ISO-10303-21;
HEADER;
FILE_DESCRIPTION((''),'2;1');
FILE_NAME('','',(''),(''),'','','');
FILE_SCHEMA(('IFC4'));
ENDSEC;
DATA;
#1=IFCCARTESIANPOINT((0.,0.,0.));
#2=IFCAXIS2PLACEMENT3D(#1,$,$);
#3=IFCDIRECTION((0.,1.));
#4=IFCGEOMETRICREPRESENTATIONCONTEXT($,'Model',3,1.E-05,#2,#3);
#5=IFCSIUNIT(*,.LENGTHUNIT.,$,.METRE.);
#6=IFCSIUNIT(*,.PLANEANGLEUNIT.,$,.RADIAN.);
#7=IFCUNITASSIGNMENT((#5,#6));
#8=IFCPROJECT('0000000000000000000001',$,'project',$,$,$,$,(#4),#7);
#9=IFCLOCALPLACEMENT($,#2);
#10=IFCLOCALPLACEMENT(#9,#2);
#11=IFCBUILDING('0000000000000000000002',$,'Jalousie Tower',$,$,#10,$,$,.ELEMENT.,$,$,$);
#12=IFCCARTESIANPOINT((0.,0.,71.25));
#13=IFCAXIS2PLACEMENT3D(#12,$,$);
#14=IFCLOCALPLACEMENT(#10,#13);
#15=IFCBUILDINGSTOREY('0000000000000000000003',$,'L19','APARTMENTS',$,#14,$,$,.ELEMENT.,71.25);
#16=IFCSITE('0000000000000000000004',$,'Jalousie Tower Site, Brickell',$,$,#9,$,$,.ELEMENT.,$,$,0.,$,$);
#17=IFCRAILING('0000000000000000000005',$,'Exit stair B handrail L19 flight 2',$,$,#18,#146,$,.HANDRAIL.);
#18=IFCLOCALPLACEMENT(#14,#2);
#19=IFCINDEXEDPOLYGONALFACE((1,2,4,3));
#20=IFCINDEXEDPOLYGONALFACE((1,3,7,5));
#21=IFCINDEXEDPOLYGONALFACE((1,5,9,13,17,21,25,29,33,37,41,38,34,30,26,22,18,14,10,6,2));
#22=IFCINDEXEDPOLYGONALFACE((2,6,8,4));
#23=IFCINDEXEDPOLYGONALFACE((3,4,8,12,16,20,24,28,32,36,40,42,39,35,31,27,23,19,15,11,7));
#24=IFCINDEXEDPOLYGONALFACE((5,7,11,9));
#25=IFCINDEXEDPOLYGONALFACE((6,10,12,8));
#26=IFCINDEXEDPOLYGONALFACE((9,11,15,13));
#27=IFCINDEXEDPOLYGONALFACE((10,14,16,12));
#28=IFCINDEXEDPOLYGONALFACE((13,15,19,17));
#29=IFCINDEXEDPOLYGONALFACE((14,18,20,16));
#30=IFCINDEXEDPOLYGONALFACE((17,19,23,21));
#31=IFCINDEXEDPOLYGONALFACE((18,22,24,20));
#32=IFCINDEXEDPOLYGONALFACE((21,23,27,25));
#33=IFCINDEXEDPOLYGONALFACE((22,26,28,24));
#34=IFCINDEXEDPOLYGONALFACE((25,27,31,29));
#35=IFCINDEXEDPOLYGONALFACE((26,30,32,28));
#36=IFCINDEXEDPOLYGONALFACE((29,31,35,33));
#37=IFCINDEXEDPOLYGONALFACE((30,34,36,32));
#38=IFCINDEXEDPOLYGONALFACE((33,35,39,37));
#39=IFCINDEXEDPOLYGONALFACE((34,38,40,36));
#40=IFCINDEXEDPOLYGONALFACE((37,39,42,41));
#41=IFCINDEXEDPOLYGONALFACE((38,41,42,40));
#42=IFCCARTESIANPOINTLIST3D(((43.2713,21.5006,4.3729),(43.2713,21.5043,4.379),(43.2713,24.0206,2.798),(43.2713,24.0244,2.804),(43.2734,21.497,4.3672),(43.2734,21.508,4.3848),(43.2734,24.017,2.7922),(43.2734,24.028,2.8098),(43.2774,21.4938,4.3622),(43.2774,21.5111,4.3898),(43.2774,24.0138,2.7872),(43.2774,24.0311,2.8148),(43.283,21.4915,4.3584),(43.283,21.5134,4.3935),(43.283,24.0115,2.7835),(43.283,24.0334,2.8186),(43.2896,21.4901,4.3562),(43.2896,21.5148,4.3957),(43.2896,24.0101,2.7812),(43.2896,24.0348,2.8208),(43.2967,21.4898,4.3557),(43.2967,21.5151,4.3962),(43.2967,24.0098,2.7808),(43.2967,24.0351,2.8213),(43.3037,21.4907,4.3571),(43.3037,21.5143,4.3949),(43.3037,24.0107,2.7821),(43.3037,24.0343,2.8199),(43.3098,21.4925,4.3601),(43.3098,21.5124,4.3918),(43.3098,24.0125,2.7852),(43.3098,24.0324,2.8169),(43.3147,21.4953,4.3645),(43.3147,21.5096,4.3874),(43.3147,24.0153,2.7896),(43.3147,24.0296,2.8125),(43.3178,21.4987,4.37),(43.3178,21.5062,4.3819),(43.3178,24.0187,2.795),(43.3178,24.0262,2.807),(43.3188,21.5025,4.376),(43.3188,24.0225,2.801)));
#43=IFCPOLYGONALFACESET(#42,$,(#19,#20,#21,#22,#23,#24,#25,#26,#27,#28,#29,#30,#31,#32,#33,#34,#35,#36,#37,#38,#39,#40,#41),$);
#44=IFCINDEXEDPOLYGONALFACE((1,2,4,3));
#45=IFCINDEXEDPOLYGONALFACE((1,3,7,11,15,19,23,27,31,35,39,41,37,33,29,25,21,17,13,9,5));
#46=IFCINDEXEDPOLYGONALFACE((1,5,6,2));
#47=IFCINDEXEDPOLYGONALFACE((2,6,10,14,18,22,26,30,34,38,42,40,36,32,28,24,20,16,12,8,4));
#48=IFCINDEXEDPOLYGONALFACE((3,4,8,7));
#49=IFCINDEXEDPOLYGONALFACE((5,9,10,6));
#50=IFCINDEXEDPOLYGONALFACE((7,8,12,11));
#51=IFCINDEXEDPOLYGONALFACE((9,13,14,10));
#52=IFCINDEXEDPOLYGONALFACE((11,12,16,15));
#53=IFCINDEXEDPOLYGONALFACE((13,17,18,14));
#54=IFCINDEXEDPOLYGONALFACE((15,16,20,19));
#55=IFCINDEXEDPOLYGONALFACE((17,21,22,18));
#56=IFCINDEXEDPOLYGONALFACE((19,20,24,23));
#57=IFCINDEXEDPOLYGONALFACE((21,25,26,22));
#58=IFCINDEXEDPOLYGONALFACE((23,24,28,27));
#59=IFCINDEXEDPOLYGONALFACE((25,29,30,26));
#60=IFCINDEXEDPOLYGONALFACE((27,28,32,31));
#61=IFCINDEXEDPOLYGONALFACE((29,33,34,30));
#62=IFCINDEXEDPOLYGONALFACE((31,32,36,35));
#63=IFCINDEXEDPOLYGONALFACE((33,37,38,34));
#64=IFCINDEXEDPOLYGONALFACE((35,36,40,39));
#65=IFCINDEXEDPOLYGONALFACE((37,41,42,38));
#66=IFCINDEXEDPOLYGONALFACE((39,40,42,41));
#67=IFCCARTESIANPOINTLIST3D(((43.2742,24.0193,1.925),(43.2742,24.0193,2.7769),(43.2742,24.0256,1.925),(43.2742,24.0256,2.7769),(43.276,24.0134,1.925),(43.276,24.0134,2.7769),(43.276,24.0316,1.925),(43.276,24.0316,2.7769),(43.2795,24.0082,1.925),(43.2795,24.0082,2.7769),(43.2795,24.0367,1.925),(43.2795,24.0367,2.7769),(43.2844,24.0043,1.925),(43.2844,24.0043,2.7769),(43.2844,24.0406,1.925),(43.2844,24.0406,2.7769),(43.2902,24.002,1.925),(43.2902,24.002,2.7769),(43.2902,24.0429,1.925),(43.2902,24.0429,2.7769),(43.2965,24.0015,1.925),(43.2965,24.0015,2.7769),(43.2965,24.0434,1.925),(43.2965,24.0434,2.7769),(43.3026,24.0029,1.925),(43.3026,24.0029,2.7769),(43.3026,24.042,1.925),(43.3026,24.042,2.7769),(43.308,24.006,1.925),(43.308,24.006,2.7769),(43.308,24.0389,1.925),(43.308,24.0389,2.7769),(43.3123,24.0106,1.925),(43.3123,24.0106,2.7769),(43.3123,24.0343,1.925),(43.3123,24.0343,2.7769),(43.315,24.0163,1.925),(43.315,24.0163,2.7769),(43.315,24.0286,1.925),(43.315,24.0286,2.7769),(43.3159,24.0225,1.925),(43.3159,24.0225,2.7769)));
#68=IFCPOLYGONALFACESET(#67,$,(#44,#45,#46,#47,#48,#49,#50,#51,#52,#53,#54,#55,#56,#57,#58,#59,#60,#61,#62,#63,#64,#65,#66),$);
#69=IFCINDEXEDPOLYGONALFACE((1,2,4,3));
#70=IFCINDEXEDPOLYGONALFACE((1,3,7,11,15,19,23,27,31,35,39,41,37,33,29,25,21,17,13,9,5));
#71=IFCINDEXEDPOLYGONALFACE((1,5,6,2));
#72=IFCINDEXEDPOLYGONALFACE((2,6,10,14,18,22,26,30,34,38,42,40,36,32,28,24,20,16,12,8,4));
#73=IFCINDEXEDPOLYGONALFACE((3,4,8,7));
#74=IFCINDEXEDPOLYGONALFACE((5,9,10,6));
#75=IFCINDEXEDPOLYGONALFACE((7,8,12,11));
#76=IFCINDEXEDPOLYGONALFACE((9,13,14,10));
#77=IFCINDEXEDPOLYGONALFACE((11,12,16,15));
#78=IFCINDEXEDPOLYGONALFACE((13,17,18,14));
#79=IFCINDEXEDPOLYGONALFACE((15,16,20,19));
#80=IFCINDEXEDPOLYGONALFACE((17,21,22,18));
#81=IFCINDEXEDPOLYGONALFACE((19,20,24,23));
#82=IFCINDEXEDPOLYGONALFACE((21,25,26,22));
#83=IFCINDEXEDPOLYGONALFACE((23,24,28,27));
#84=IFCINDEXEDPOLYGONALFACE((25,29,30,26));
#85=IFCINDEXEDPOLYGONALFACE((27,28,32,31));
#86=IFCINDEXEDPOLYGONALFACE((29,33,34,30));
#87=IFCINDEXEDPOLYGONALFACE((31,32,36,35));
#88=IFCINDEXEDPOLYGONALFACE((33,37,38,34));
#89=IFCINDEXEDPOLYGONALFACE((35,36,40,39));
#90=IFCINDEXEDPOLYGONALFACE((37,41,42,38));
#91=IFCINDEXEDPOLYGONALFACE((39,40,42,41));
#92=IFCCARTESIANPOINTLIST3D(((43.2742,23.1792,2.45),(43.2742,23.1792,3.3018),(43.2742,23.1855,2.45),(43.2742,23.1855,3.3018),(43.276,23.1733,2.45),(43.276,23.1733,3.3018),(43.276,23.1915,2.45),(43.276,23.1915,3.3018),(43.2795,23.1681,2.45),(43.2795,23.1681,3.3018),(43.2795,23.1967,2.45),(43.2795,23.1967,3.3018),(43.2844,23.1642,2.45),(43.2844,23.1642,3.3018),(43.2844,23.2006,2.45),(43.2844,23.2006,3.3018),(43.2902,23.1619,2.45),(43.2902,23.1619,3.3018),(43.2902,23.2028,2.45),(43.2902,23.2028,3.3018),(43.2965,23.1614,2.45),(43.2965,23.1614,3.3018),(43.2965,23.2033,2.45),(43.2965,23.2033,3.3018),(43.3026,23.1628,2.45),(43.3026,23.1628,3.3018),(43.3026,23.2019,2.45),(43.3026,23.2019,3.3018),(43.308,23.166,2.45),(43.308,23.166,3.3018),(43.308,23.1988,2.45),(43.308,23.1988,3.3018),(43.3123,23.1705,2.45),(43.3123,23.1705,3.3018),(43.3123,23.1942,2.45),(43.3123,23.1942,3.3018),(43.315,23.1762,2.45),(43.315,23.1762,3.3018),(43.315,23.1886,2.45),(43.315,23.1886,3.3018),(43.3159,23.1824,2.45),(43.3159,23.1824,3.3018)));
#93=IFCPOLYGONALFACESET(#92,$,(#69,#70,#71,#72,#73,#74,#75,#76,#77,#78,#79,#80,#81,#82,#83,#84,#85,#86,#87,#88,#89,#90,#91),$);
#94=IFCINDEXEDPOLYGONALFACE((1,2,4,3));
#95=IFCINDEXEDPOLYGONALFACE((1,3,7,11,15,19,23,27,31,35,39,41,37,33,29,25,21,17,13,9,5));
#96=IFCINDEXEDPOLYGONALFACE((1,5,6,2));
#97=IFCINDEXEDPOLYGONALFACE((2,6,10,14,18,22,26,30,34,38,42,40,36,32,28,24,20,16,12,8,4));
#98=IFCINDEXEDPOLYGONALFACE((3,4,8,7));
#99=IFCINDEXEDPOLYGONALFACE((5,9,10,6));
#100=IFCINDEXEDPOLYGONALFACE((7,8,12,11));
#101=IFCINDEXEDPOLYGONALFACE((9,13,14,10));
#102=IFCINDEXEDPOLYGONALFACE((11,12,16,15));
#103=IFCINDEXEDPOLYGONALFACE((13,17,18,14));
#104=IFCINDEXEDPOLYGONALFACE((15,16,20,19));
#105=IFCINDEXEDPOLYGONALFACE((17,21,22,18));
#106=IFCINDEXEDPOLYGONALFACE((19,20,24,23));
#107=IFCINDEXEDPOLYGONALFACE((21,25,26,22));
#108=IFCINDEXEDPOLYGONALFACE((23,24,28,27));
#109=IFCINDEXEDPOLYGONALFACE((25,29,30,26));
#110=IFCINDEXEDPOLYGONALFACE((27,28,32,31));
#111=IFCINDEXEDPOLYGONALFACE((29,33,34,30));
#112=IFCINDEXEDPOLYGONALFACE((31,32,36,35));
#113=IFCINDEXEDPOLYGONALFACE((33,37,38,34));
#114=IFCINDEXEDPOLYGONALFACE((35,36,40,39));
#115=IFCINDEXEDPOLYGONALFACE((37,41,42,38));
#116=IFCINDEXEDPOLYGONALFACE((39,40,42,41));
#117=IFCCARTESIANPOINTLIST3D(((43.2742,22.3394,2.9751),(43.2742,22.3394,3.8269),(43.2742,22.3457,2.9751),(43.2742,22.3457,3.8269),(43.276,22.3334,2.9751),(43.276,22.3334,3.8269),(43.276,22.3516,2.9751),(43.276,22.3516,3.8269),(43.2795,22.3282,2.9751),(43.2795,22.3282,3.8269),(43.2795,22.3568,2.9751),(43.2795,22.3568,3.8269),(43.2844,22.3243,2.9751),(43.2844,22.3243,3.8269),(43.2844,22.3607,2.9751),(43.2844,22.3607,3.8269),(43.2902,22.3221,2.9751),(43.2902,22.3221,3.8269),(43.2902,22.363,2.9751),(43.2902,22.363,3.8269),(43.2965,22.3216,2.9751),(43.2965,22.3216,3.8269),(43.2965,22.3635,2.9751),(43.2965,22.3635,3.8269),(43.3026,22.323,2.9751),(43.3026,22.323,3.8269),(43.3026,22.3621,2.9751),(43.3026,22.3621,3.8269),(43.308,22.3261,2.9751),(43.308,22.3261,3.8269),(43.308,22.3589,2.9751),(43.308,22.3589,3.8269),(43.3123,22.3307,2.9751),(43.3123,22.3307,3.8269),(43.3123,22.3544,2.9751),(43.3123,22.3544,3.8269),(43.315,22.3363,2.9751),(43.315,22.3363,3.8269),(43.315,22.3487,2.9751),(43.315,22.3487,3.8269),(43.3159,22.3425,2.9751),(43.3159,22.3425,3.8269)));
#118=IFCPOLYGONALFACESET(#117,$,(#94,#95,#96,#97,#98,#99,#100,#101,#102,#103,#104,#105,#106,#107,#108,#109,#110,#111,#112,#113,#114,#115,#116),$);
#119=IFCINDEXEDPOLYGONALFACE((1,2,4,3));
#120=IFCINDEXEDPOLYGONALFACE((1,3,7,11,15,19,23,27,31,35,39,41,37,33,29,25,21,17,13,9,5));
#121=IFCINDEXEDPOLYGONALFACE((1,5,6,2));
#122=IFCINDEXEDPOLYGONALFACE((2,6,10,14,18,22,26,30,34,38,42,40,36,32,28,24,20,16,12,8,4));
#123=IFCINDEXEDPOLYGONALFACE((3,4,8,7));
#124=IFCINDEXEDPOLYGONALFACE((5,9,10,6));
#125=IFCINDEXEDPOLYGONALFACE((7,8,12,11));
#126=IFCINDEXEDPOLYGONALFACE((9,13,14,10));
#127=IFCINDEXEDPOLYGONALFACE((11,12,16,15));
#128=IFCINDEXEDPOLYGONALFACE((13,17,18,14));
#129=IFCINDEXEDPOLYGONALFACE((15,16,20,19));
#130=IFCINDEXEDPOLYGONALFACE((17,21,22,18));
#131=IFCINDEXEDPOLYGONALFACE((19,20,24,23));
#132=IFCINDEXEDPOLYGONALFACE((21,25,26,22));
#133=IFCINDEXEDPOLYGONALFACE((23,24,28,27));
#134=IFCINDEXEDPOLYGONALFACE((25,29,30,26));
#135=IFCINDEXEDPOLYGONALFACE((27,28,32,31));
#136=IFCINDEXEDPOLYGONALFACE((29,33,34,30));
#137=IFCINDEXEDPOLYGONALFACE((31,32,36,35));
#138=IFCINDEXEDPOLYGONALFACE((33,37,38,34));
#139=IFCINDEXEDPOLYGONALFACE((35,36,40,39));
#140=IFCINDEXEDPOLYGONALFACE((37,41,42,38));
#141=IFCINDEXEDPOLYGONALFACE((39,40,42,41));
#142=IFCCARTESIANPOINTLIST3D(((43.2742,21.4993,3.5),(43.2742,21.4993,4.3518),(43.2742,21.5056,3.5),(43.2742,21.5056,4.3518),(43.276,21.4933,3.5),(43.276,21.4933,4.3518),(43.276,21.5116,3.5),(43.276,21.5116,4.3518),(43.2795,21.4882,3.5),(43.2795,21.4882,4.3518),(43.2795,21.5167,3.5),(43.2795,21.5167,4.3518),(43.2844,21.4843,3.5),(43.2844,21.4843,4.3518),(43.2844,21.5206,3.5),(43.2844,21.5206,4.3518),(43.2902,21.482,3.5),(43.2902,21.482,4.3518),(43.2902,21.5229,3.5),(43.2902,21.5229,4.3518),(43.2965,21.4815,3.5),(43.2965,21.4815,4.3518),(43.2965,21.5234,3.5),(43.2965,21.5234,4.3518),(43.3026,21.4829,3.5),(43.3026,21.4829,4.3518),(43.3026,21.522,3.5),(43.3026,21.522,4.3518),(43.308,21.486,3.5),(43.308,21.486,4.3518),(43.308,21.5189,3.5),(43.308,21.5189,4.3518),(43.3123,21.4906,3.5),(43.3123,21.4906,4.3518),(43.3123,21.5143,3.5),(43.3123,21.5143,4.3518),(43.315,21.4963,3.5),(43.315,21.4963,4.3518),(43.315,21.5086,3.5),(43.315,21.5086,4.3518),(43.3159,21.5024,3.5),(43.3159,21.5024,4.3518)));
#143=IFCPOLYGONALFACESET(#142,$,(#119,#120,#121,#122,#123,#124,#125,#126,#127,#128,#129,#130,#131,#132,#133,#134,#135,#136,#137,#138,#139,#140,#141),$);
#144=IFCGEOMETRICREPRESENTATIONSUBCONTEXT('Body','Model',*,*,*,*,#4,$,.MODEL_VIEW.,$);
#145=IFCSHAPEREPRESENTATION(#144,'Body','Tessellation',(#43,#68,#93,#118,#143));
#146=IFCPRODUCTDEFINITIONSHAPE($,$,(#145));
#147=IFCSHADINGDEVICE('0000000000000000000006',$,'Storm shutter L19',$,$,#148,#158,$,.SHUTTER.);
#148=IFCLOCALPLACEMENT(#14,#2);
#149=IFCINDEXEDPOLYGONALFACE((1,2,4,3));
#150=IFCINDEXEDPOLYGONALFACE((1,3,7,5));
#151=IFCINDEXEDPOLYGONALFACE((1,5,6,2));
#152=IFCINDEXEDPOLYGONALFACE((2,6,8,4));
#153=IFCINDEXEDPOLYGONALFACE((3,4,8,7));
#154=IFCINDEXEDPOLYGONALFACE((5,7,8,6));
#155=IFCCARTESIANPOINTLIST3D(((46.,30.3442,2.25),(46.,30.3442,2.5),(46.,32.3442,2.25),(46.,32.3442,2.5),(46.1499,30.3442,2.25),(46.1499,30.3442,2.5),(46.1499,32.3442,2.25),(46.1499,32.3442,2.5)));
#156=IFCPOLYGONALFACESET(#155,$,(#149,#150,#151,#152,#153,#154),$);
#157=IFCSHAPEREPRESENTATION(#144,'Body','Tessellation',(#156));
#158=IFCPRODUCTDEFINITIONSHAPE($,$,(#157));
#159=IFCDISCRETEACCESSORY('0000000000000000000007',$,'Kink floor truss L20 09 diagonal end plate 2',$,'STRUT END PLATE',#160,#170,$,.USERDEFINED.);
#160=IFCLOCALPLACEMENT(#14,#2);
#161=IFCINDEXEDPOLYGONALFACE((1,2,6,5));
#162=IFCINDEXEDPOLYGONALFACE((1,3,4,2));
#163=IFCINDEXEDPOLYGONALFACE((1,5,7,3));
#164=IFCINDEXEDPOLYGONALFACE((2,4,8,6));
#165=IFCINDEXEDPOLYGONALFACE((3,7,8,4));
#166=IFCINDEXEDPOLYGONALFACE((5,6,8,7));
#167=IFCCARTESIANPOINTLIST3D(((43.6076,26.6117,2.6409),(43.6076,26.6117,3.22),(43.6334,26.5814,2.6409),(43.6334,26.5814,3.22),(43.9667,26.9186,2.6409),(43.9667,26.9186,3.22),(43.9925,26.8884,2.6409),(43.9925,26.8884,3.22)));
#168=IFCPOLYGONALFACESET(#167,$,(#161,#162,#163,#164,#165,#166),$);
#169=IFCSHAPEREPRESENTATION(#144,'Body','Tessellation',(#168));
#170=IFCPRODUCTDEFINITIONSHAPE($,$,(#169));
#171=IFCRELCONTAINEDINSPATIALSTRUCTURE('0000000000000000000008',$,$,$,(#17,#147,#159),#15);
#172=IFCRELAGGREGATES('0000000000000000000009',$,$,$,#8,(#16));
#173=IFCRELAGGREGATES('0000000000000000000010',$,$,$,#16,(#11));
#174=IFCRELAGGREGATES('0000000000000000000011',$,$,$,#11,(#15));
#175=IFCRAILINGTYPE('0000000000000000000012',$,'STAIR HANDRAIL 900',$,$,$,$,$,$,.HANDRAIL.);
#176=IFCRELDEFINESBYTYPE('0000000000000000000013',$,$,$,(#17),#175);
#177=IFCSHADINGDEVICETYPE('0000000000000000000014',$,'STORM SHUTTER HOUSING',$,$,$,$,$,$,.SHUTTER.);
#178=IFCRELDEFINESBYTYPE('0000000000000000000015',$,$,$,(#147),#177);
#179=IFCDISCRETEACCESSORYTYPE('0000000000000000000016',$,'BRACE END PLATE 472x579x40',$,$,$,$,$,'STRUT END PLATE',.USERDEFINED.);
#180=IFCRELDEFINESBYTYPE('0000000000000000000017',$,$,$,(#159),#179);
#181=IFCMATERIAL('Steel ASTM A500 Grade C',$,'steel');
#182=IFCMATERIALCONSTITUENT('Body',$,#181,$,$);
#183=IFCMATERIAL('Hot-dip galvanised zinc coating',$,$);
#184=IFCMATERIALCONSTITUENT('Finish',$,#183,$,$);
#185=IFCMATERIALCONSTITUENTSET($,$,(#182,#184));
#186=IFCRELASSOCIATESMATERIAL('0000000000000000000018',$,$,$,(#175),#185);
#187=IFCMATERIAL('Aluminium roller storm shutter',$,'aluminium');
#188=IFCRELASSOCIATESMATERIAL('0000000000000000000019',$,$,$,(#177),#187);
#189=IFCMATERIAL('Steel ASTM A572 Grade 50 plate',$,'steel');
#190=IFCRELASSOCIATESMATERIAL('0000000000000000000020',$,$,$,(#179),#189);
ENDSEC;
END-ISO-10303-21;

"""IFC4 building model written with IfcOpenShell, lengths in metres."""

from ifc_helpers import new_model, si_unit, direction, frame, origin, origin_2d, place, context, subcontext, project, spatial, rectangle, circle, extrude, material, constituent, constituent_set, material_profile, profile_set, type_object, element, save


model = new_model("IFC4")

# Units and contexts
model_context = context("Model", 3, precision=1e-05, world=origin(), true_north=direction((0.0, 1.0)))
body_context = subcontext(model_context, "Body", "Model", "MODEL_VIEW")
ifc_project = project(units=[si_unit("LENGTHUNIT", "METRE"), si_unit("PLANEANGLEUNIT", "RADIAN")], contexts=[model_context])

# Site, building, storey
site_placement = place(None, origin())
site = spatial("IfcSite", under=ifc_project, at=site_placement, Name="Jalousie Tower Site, Brickell", CompositionType="ELEMENT", RefElevation=0.0)
building_placement = place(site_placement, origin())
building = spatial("IfcBuilding", under=site, at=building_placement, Name="Jalousie Tower", CompositionType="ELEMENT")
storey_placement = place(building_placement, frame((0.0, 0.0, 71.25)))
storey = spatial("IfcBuildingStorey", under=building, at=storey_placement, Name="L19", Description="APARTMENTS", CompositionType="ELEMENT", Elevation=71.25)

# Railing
ifc_material_1 = material(Name="Steel ASTM A500 Grade C", Category="steel")
ifc_constituent_1 = constituent(ifc_material_1, Name="Body")
ifc_material_2 = material(Name="Hot-dip galvanised zinc coating")
ifc_constituent_2 = constituent(ifc_material_2, Name="Finish")
ifc_constituent_set_1 = constituent_set(constituents=[ifc_constituent_1, ifc_constituent_2])
railing_type_1 = type_object("IfcRailingType", Name="STAIR HANDRAIL 900", PredefinedType="HANDRAIL", material=ifc_constituent_set_1)
railing_1_placement = place(storey_placement, frame((43.2949, 24.0225, 1.925)))
element("IfcRailing", 1, at=railing_1_placement, inside=storey, type_object=railing_type_1, Name="Exit stair B handrail L19 flight 2", PredefinedType="HANDRAIL", context=body_context, shape_type="SweptSolid", body=[
    extrude(circle(Radius=0.0239, at=origin_2d()), frame((0.0, 0.0, 0.876), z_axis=(0.0, -0.848008, 0.529984), x_axis=(1.0, 0.0, 0.0)), (0.0, 0.0, 1.0), 2.9717),
    extrude(circle(Radius=0.021, at=origin_2d()), origin(), (0.0, 0.0, 1.0), 0.8518),
    extrude(circle(Radius=0.021, at=origin_2d()), frame((0.0, -0.8401, 0.5249)), (0.0, 0.0, 1.0), 0.8518),
    extrude(circle(Radius=0.021, at=origin_2d()), frame((0.0, -1.6799, 1.05)), (0.0, 0.0, 1.0), 0.8518),
    extrude(circle(Radius=0.021, at=origin_2d()), frame((0.0, -2.52, 1.575)), (0.0, 0.0, 1.0), 0.8518),
])

# Shading device
ifc_material_3 = material(Name="Aluminium roller storm shutter", Category="aluminium")
shading_device_type = type_object("IfcShadingDeviceType", Name="STORM SHUTTER HOUSING", PredefinedType="SHUTTER", material=ifc_material_3)
shading_device_placement = place(storey_placement, frame((46.075, 31.3442, 2.25), z_axis=(0.0, 0.0, 1.0), x_axis=(0.0, 1.0, 0.0)))
element("IfcShadingDevice", 2, at=shading_device_placement, inside=storey, type_object=shading_device_type, Name="Storm shutter L19", PredefinedType="SHUTTER", context=body_context, shape_type="SweptSolid", body=[
    extrude(rectangle(XDim=2.0, YDim=0.1499, at=origin_2d()), origin(), (0.0, 0.0, 1.0), 0.25),
])

# Discrete accessory
ifc_material_4 = material(Name="Steel ASTM A572 Grade 50 plate", Category="steel")
ifc_material_profile_1 = material_profile(ifc_material_4, rectangle(XDim=0.4724, YDim=0.5791, at=origin_2d()), Name="BRACE END PLATE 472x579x40")
ifc_profile_set_1 = profile_set([ifc_material_profile_1], Name="Steel ASTM A572 Grade 50 plate")
discrete_accessory_type = type_object("IfcDiscreteAccessoryType", Name="BRACE END PLATE 472x579x40", ElementType="STRUT END PLATE", PredefinedType="USERDEFINED", material=ifc_profile_set_1)
discrete_accessory_placement = place(storey_placement, frame((43.7871, 26.7651, 2.9304), z_axis=(0.649781, -0.760121, 0.0), x_axis=(0.760121, 0.649781, 0.0)))
element("IfcDiscreteAccessory", 3, at=discrete_accessory_placement, inside=storey, type_object=discrete_accessory_type, Name="Kink floor truss L20 09 diagonal end plate 2", ObjectType="STRUT END PLATE", PredefinedType="USERDEFINED", context=body_context, shape_type="SweptSolid", body=[
    extrude(rectangle(XDim=0.4724, YDim=0.5791, at=origin_2d()), origin(), (0.0, 0.0, 1.0), 0.0398),
])

save(model, "model.ifc")
